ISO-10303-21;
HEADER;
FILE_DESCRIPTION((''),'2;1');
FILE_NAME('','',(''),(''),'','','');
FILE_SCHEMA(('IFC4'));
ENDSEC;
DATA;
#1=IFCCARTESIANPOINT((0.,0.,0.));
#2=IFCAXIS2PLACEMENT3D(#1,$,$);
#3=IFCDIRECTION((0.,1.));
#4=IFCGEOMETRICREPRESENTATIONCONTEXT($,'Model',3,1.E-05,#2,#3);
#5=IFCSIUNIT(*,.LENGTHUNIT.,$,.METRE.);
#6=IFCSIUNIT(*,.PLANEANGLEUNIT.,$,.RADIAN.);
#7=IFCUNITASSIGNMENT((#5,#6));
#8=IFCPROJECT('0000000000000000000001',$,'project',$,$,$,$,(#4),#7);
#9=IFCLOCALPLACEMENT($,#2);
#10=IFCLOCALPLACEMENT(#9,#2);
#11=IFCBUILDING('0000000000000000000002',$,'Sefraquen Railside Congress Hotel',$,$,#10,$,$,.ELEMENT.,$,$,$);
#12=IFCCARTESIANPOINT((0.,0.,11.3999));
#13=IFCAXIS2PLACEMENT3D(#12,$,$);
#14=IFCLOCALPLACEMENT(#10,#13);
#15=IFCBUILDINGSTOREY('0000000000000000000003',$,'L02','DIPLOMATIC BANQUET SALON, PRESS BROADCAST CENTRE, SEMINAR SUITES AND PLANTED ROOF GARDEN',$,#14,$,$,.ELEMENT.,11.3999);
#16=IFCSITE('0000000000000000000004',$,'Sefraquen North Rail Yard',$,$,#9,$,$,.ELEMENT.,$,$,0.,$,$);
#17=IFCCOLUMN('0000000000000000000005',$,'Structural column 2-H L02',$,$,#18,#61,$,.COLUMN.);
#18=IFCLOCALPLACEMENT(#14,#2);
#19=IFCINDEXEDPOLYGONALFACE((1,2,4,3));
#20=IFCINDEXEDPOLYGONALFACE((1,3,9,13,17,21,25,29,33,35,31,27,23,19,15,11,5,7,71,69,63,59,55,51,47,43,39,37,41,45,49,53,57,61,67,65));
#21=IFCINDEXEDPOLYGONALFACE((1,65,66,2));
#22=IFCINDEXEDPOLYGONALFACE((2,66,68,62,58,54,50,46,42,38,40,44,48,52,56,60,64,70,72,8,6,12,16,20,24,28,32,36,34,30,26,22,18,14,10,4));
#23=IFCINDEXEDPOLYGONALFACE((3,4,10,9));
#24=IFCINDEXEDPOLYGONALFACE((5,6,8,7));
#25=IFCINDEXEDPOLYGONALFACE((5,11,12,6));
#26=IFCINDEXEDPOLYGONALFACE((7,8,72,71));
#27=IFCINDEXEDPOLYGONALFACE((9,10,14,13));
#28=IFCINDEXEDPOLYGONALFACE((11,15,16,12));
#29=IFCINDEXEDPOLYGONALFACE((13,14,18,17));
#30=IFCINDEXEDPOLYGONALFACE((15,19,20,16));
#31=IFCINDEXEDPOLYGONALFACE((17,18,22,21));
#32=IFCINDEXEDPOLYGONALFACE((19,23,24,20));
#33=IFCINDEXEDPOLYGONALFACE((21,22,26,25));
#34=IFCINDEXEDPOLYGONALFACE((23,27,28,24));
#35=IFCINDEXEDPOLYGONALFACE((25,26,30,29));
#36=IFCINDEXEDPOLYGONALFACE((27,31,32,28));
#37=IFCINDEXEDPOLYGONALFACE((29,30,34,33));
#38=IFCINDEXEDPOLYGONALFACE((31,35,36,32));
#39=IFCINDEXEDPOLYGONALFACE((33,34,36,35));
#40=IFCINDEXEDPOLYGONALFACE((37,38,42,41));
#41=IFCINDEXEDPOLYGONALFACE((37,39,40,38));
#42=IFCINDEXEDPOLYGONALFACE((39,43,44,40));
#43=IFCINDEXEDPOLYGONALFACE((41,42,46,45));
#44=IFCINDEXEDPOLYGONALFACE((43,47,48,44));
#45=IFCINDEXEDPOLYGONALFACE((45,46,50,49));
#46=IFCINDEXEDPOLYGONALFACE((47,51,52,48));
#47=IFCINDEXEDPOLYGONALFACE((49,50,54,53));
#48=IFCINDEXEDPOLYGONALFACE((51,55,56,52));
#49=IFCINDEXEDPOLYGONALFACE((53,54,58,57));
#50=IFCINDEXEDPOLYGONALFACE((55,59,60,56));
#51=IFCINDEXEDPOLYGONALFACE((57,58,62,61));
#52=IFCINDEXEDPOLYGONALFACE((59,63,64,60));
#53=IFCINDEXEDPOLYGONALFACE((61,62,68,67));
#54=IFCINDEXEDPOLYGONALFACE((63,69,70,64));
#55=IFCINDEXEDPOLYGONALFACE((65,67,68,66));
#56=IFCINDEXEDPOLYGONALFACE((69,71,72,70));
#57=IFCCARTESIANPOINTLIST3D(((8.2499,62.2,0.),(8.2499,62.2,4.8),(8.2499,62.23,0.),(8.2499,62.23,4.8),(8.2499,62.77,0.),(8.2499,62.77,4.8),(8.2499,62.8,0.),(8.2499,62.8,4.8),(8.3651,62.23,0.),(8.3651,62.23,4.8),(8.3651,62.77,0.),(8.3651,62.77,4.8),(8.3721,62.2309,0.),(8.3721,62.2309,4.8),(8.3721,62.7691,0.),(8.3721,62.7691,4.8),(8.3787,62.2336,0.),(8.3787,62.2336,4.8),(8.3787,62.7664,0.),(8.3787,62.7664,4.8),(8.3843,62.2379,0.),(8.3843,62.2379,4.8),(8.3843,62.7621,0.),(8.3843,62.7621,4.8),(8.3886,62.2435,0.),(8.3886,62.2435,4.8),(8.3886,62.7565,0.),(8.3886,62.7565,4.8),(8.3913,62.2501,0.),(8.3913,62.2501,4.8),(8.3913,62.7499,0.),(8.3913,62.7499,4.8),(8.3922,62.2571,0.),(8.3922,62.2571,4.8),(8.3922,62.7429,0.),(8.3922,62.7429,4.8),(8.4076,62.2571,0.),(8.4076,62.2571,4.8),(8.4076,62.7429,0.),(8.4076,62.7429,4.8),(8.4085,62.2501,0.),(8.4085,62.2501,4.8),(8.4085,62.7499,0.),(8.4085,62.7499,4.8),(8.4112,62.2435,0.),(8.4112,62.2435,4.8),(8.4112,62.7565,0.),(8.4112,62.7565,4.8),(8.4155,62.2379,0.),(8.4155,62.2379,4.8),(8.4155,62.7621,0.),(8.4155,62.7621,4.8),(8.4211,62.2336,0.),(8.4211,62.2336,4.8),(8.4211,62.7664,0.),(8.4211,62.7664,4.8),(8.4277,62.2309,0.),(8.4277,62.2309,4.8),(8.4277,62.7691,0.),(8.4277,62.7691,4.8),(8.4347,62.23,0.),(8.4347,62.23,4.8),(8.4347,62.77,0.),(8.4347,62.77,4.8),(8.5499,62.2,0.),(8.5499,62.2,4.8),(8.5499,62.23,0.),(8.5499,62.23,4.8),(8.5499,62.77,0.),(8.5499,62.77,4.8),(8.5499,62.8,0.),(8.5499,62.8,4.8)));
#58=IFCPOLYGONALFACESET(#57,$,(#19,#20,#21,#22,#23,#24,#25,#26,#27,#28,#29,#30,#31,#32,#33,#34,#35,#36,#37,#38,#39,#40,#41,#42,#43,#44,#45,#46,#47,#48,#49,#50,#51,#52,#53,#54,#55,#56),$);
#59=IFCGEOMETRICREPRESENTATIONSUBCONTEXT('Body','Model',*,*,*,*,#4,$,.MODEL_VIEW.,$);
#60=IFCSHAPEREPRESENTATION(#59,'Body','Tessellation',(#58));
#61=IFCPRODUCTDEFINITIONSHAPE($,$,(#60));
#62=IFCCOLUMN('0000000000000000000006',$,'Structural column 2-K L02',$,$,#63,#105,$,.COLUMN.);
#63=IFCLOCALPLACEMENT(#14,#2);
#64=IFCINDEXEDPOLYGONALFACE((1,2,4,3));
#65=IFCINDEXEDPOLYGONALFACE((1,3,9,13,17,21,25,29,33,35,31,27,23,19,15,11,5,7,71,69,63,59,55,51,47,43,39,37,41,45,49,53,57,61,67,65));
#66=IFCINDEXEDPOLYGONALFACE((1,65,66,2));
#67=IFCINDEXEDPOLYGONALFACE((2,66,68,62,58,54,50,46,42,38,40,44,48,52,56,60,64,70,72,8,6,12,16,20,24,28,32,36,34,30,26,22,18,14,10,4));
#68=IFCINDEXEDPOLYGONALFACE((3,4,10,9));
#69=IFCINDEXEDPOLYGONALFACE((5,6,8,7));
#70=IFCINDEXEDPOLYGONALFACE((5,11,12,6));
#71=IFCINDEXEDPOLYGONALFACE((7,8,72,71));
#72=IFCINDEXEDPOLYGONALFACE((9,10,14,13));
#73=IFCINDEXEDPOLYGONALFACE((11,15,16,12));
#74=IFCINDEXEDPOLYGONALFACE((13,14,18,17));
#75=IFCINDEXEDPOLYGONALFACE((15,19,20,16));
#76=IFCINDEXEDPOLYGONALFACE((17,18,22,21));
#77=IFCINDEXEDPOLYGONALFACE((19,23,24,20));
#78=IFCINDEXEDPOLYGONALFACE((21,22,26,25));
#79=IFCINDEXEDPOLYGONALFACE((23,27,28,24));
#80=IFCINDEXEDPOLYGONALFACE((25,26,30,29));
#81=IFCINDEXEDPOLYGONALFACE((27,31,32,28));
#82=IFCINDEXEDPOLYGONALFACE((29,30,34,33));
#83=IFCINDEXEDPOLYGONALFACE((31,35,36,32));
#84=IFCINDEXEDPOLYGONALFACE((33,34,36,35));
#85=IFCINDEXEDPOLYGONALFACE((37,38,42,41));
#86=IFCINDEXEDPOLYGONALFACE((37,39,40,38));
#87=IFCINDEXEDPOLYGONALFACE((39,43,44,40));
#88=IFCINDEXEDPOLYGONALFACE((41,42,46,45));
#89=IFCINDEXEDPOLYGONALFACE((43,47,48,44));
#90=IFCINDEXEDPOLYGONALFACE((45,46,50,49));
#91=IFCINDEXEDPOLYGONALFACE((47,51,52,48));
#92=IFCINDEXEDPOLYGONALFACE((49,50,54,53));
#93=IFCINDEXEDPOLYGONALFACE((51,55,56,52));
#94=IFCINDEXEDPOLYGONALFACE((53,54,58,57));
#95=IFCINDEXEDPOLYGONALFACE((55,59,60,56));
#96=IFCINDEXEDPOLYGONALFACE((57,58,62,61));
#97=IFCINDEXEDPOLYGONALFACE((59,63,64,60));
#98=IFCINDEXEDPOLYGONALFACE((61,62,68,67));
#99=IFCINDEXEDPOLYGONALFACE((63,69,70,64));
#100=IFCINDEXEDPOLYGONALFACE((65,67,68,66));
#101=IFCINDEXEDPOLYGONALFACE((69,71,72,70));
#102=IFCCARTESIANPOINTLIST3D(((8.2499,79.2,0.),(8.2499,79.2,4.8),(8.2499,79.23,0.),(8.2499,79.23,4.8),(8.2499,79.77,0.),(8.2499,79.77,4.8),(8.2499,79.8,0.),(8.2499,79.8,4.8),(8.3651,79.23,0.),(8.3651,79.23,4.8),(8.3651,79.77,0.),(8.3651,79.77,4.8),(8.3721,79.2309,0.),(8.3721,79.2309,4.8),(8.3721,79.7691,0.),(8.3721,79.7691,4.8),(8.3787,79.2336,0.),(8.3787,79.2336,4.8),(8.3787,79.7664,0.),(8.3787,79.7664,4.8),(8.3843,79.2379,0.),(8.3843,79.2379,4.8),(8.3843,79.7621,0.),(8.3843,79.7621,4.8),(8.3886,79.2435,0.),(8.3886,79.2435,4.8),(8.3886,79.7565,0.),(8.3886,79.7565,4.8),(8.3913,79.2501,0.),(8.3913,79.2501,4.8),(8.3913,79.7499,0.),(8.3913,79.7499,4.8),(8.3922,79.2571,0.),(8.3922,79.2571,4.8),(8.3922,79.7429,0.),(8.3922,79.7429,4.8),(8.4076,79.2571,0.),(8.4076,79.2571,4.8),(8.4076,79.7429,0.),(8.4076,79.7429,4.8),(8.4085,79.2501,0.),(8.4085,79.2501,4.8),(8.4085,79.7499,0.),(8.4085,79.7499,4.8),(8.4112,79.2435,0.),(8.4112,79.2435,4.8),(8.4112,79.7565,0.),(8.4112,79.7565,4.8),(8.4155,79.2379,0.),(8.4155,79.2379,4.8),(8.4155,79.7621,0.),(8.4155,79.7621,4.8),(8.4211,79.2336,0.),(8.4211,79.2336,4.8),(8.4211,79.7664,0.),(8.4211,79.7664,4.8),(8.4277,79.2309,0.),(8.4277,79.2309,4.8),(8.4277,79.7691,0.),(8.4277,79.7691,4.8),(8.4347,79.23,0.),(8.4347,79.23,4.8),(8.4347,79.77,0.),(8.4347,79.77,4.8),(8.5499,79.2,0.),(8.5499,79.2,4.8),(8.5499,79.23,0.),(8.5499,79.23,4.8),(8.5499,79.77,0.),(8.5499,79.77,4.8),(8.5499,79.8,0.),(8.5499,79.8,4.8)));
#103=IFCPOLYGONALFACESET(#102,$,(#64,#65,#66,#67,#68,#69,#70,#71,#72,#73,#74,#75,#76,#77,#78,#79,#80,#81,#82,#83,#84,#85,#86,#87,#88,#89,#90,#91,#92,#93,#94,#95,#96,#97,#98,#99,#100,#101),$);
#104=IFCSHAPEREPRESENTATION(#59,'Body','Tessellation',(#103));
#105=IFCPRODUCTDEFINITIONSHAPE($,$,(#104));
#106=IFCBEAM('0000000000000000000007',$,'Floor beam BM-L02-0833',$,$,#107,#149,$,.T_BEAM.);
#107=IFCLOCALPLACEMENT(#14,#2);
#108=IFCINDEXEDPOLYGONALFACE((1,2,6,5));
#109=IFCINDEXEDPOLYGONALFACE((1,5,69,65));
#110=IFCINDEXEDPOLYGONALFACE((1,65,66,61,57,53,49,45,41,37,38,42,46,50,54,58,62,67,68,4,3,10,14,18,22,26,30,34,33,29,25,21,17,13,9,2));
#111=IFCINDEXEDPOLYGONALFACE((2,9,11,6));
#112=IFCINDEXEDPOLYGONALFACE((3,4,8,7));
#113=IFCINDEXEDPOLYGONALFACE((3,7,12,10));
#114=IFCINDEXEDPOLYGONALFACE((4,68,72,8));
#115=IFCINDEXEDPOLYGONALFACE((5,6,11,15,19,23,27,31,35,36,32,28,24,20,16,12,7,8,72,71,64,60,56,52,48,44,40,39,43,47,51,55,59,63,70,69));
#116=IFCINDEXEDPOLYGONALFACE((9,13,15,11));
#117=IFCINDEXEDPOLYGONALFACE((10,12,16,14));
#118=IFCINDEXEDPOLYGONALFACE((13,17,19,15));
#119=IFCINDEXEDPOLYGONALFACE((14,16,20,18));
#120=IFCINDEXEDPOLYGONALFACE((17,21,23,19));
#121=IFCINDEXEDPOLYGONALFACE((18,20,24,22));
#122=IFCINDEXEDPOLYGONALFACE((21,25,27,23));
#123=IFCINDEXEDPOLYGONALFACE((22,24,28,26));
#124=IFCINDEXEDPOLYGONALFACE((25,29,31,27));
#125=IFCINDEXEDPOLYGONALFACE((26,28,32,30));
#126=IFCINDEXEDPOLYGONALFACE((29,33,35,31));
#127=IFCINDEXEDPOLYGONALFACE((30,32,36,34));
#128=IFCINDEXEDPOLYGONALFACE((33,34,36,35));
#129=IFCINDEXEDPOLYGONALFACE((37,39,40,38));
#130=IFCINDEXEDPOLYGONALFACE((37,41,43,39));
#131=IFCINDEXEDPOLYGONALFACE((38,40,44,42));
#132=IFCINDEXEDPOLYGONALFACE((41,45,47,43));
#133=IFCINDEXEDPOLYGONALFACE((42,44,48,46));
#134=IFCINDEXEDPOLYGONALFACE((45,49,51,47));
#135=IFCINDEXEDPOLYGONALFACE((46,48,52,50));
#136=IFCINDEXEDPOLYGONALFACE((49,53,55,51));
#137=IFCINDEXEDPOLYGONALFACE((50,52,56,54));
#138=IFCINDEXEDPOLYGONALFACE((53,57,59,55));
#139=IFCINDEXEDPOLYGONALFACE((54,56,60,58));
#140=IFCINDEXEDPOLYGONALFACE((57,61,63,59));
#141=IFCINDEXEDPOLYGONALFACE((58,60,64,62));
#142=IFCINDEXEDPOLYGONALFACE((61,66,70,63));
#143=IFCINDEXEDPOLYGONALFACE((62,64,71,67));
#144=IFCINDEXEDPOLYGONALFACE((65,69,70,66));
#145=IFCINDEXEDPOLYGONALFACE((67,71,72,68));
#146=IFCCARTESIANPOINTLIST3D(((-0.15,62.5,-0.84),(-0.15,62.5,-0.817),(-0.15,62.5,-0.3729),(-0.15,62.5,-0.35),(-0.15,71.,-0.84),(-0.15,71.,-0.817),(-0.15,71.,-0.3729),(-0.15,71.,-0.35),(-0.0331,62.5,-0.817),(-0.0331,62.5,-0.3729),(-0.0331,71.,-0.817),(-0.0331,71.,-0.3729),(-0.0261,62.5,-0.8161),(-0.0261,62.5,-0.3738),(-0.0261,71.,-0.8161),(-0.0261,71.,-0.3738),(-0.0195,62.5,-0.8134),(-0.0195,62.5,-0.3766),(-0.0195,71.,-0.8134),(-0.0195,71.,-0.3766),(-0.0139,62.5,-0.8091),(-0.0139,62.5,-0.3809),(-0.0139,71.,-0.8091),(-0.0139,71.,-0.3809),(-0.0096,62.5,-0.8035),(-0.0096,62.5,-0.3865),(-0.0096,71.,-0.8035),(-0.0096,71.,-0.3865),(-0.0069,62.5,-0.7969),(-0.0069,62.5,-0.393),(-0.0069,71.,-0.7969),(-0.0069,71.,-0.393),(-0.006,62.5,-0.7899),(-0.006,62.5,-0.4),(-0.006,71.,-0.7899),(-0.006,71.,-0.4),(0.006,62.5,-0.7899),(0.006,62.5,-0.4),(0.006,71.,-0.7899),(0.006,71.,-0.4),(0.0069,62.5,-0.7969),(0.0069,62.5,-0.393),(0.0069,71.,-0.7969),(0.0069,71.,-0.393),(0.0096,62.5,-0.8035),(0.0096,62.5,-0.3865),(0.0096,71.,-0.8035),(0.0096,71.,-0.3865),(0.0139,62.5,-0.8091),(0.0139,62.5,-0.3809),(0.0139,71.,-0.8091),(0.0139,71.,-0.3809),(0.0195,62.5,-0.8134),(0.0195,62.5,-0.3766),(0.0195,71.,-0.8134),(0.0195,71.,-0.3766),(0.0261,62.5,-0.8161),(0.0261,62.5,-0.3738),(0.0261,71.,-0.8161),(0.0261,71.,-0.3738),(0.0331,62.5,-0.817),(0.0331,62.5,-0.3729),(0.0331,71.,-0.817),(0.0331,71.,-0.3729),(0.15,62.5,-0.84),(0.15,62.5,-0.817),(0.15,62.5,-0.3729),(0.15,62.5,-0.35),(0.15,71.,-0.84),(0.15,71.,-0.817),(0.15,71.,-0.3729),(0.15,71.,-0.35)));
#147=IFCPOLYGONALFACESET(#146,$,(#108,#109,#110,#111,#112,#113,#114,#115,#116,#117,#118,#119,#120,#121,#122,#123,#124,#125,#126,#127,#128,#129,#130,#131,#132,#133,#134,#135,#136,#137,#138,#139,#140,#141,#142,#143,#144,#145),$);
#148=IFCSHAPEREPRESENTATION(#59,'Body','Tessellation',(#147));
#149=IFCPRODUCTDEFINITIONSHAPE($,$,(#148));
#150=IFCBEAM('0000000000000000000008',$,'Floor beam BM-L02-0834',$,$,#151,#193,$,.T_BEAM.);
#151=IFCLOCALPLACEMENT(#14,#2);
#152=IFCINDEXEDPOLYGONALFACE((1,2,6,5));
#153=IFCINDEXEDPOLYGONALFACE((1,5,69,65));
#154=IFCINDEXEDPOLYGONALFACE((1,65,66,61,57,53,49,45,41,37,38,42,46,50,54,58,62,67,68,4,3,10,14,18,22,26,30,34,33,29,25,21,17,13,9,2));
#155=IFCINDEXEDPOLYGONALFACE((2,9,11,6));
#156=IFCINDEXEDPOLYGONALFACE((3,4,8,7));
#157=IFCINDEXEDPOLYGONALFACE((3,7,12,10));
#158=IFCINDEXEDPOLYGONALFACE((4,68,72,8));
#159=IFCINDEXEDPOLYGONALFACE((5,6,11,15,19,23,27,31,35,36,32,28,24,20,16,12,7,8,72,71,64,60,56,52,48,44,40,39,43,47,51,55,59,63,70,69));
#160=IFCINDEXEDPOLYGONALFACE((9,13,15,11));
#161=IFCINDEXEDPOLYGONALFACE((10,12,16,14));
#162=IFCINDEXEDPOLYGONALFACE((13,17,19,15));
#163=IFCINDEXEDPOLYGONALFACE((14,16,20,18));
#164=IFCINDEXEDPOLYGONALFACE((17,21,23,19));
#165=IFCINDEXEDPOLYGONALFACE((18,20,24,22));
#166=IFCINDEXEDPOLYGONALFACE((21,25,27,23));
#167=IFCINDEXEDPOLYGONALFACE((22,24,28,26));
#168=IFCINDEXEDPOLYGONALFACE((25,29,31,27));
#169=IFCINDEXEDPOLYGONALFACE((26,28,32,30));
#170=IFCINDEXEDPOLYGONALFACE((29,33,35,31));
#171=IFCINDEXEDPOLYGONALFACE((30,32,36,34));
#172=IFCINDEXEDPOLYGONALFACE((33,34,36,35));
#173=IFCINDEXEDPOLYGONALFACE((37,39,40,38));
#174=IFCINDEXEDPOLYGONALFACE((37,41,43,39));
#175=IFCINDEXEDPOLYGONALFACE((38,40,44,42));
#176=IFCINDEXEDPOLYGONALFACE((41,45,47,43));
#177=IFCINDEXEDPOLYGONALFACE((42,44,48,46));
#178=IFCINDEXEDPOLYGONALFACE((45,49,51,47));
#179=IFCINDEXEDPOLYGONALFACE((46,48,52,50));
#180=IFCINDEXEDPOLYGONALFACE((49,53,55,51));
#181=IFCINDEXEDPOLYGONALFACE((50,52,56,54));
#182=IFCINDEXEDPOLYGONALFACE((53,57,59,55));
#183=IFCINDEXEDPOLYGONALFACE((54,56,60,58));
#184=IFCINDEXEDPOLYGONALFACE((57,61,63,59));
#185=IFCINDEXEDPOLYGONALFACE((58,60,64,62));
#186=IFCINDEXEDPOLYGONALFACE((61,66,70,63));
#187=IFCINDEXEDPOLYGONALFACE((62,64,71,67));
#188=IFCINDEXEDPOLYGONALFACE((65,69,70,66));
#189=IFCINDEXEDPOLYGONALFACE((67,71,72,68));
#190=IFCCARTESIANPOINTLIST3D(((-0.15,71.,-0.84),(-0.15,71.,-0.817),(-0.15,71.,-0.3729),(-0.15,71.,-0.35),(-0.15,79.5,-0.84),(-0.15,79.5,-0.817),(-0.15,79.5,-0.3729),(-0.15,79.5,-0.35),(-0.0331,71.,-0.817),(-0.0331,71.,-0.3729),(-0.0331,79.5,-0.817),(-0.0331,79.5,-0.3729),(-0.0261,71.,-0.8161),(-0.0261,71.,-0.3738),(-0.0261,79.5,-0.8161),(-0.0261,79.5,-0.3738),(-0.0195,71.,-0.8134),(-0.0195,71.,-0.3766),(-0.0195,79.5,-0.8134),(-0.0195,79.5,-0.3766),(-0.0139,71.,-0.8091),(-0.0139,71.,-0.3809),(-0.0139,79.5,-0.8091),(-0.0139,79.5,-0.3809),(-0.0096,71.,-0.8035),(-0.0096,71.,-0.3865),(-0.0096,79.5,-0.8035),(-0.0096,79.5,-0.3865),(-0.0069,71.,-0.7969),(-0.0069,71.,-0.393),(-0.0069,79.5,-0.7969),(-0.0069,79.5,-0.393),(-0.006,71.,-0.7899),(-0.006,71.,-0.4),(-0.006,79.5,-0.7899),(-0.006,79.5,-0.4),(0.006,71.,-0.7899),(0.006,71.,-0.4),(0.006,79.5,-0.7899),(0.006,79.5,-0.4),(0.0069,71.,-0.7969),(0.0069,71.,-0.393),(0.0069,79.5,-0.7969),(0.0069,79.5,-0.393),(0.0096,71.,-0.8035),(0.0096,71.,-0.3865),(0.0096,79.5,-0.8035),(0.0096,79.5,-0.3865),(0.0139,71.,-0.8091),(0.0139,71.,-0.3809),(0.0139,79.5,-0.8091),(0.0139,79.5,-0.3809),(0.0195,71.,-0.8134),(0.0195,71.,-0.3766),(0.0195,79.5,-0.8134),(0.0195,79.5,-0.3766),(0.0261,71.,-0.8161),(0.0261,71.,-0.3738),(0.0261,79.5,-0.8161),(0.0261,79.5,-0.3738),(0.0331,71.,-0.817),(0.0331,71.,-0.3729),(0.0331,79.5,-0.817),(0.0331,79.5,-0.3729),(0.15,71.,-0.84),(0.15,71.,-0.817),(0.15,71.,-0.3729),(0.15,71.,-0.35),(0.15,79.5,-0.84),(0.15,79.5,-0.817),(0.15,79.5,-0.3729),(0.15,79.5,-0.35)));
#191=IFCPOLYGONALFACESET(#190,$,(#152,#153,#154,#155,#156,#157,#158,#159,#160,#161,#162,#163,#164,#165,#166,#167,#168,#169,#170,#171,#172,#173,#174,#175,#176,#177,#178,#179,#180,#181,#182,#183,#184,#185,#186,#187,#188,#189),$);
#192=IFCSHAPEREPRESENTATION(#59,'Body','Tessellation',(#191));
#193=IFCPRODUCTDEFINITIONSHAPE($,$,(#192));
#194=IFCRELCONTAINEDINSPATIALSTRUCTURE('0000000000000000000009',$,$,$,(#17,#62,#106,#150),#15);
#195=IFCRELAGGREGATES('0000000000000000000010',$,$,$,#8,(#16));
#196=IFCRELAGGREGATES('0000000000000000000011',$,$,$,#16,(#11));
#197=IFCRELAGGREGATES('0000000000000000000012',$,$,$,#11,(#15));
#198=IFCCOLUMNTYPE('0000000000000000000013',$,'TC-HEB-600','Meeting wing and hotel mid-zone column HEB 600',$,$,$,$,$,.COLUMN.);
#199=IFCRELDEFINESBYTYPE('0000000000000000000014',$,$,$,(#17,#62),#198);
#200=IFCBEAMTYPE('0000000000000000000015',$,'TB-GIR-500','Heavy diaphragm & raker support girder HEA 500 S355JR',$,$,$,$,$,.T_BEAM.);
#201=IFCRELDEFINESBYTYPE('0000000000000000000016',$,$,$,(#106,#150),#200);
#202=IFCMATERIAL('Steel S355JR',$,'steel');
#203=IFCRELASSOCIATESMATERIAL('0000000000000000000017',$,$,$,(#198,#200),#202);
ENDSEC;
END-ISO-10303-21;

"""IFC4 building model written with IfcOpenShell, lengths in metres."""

from ifc_helpers import new_model, si_unit, direction, frame, origin, origin_2d, place, context, subcontext, project, spatial, i_section, extrude, material, material_profile, profile_set, type_object, element, save


model = new_model("IFC4")

# Units and contexts
model_context = context("Model", 3, precision=1e-05, world=origin(), true_north=direction((0.0, 1.0)))
body_context = subcontext(model_context, "Body", "Model", "MODEL_VIEW")
ifc_project = project(units=[si_unit("LENGTHUNIT", "METRE"), si_unit("PLANEANGLEUNIT", "RADIAN")], contexts=[model_context])

# Site, building, storey
site_placement = place(None, origin())
site = spatial("IfcSite", under=ifc_project, at=site_placement, Name="Sefraquen North Rail Yard", CompositionType="ELEMENT", RefElevation=0.0)
building_placement = place(site_placement, origin())
building = spatial("IfcBuilding", under=site, at=building_placement, Name="Sefraquen Railside Congress Hotel", CompositionType="ELEMENT")
storey_placement = place(building_placement, frame((0.0, 0.0, 11.3999)))
storey = spatial("IfcBuildingStorey", under=building, at=storey_placement, Name="L02", Description="DIPLOMATIC BANQUET SALON, PRESS BROADCAST CENTRE, SEMINAR SUITES AND PLANTED ROOF GARDEN", CompositionType="ELEMENT", Elevation=11.3999)

# Columns
ifc_material_1 = material(Name="Steel S355JR", Category="steel")
ifc_material_profile_1 = material_profile(ifc_material_1, i_section(OverallWidth=0.3, OverallDepth=0.6001, WebThickness=0.0154, FlangeThickness=0.03, FilletRadius=0.0271, at=origin_2d()), Name="HEB 600")
ifc_profile_set_1 = profile_set([ifc_material_profile_1], Name="Steel S355JR")
column_type_1 = type_object("IfcColumnType", Name="TC-HEB-600", Description="Meeting wing and hotel mid-zone column HEB 600", PredefinedType="COLUMN", material=ifc_profile_set_1)
for number, where, z_axis, x_axis, name in (
    (1, (8.3999, 62.5, 0.0), (0.0, 0.0, 1.0), (1.0, 0.0, 0.0), "Structural column 2-H L02"),
    (2, (8.3999, 79.5, 0.0), (0.0, 0.0, 1.0), (1.0, 0.0, 0.0), "Structural column 2-K L02"),
):
    element("IfcColumn", number, at=place(storey_placement, frame(where, z_axis=z_axis, x_axis=x_axis)), inside=storey, type_object=column_type_1, Name=name, PredefinedType="COLUMN", context=body_context, shape_type="SweptSolid", body=[
        extrude(i_section(OverallWidth=0.3, OverallDepth=0.6001, WebThickness=0.0154, FlangeThickness=0.03, FilletRadius=0.0271, at=origin_2d()), origin(), (0.0, 0.0, 1.0), 4.8),
    ])

# Beams
ifc_material_profile_2 = material_profile(ifc_material_1, i_section(OverallWidth=0.3, OverallDepth=0.49, WebThickness=0.012, FlangeThickness=0.0229, FilletRadius=0.0271, at=origin_2d()), Name="HEA 500")
ifc_profile_set_2 = profile_set([ifc_material_profile_2], Name="Steel S355JR")
beam_type_1 = type_object("IfcBeamType", Name="TB-GIR-500", Description="Heavy diaphragm & raker support girder HEA 500 S355JR", PredefinedType="T_BEAM", material=ifc_profile_set_2)
for number, where, z_axis, x_axis, name in (
    (3, (0.0, 62.5, -0.595), (0.0, 1.0, 0.0), (-1.0, 0.0, 0.0), "Floor beam BM-L02-0833"),
    (4, (0.0, 71.0, -0.595), (0.0, 1.0, 0.0), (-1.0, 0.0, 0.0), "Floor beam BM-L02-0834"),
):
    element("IfcBeam", number, at=place(storey_placement, frame(where, z_axis=z_axis, x_axis=x_axis)), inside=storey, type_object=beam_type_1, Name=name, PredefinedType="T_BEAM", context=body_context, shape_type="SweptSolid", body=[
        extrude(i_section(OverallWidth=0.3, OverallDepth=0.49, WebThickness=0.012, FlangeThickness=0.0229, FilletRadius=0.0271, at=origin_2d()), origin(), (0.0, 0.0, 1.0), 8.5),
    ])

save(model, "model.ifc")
